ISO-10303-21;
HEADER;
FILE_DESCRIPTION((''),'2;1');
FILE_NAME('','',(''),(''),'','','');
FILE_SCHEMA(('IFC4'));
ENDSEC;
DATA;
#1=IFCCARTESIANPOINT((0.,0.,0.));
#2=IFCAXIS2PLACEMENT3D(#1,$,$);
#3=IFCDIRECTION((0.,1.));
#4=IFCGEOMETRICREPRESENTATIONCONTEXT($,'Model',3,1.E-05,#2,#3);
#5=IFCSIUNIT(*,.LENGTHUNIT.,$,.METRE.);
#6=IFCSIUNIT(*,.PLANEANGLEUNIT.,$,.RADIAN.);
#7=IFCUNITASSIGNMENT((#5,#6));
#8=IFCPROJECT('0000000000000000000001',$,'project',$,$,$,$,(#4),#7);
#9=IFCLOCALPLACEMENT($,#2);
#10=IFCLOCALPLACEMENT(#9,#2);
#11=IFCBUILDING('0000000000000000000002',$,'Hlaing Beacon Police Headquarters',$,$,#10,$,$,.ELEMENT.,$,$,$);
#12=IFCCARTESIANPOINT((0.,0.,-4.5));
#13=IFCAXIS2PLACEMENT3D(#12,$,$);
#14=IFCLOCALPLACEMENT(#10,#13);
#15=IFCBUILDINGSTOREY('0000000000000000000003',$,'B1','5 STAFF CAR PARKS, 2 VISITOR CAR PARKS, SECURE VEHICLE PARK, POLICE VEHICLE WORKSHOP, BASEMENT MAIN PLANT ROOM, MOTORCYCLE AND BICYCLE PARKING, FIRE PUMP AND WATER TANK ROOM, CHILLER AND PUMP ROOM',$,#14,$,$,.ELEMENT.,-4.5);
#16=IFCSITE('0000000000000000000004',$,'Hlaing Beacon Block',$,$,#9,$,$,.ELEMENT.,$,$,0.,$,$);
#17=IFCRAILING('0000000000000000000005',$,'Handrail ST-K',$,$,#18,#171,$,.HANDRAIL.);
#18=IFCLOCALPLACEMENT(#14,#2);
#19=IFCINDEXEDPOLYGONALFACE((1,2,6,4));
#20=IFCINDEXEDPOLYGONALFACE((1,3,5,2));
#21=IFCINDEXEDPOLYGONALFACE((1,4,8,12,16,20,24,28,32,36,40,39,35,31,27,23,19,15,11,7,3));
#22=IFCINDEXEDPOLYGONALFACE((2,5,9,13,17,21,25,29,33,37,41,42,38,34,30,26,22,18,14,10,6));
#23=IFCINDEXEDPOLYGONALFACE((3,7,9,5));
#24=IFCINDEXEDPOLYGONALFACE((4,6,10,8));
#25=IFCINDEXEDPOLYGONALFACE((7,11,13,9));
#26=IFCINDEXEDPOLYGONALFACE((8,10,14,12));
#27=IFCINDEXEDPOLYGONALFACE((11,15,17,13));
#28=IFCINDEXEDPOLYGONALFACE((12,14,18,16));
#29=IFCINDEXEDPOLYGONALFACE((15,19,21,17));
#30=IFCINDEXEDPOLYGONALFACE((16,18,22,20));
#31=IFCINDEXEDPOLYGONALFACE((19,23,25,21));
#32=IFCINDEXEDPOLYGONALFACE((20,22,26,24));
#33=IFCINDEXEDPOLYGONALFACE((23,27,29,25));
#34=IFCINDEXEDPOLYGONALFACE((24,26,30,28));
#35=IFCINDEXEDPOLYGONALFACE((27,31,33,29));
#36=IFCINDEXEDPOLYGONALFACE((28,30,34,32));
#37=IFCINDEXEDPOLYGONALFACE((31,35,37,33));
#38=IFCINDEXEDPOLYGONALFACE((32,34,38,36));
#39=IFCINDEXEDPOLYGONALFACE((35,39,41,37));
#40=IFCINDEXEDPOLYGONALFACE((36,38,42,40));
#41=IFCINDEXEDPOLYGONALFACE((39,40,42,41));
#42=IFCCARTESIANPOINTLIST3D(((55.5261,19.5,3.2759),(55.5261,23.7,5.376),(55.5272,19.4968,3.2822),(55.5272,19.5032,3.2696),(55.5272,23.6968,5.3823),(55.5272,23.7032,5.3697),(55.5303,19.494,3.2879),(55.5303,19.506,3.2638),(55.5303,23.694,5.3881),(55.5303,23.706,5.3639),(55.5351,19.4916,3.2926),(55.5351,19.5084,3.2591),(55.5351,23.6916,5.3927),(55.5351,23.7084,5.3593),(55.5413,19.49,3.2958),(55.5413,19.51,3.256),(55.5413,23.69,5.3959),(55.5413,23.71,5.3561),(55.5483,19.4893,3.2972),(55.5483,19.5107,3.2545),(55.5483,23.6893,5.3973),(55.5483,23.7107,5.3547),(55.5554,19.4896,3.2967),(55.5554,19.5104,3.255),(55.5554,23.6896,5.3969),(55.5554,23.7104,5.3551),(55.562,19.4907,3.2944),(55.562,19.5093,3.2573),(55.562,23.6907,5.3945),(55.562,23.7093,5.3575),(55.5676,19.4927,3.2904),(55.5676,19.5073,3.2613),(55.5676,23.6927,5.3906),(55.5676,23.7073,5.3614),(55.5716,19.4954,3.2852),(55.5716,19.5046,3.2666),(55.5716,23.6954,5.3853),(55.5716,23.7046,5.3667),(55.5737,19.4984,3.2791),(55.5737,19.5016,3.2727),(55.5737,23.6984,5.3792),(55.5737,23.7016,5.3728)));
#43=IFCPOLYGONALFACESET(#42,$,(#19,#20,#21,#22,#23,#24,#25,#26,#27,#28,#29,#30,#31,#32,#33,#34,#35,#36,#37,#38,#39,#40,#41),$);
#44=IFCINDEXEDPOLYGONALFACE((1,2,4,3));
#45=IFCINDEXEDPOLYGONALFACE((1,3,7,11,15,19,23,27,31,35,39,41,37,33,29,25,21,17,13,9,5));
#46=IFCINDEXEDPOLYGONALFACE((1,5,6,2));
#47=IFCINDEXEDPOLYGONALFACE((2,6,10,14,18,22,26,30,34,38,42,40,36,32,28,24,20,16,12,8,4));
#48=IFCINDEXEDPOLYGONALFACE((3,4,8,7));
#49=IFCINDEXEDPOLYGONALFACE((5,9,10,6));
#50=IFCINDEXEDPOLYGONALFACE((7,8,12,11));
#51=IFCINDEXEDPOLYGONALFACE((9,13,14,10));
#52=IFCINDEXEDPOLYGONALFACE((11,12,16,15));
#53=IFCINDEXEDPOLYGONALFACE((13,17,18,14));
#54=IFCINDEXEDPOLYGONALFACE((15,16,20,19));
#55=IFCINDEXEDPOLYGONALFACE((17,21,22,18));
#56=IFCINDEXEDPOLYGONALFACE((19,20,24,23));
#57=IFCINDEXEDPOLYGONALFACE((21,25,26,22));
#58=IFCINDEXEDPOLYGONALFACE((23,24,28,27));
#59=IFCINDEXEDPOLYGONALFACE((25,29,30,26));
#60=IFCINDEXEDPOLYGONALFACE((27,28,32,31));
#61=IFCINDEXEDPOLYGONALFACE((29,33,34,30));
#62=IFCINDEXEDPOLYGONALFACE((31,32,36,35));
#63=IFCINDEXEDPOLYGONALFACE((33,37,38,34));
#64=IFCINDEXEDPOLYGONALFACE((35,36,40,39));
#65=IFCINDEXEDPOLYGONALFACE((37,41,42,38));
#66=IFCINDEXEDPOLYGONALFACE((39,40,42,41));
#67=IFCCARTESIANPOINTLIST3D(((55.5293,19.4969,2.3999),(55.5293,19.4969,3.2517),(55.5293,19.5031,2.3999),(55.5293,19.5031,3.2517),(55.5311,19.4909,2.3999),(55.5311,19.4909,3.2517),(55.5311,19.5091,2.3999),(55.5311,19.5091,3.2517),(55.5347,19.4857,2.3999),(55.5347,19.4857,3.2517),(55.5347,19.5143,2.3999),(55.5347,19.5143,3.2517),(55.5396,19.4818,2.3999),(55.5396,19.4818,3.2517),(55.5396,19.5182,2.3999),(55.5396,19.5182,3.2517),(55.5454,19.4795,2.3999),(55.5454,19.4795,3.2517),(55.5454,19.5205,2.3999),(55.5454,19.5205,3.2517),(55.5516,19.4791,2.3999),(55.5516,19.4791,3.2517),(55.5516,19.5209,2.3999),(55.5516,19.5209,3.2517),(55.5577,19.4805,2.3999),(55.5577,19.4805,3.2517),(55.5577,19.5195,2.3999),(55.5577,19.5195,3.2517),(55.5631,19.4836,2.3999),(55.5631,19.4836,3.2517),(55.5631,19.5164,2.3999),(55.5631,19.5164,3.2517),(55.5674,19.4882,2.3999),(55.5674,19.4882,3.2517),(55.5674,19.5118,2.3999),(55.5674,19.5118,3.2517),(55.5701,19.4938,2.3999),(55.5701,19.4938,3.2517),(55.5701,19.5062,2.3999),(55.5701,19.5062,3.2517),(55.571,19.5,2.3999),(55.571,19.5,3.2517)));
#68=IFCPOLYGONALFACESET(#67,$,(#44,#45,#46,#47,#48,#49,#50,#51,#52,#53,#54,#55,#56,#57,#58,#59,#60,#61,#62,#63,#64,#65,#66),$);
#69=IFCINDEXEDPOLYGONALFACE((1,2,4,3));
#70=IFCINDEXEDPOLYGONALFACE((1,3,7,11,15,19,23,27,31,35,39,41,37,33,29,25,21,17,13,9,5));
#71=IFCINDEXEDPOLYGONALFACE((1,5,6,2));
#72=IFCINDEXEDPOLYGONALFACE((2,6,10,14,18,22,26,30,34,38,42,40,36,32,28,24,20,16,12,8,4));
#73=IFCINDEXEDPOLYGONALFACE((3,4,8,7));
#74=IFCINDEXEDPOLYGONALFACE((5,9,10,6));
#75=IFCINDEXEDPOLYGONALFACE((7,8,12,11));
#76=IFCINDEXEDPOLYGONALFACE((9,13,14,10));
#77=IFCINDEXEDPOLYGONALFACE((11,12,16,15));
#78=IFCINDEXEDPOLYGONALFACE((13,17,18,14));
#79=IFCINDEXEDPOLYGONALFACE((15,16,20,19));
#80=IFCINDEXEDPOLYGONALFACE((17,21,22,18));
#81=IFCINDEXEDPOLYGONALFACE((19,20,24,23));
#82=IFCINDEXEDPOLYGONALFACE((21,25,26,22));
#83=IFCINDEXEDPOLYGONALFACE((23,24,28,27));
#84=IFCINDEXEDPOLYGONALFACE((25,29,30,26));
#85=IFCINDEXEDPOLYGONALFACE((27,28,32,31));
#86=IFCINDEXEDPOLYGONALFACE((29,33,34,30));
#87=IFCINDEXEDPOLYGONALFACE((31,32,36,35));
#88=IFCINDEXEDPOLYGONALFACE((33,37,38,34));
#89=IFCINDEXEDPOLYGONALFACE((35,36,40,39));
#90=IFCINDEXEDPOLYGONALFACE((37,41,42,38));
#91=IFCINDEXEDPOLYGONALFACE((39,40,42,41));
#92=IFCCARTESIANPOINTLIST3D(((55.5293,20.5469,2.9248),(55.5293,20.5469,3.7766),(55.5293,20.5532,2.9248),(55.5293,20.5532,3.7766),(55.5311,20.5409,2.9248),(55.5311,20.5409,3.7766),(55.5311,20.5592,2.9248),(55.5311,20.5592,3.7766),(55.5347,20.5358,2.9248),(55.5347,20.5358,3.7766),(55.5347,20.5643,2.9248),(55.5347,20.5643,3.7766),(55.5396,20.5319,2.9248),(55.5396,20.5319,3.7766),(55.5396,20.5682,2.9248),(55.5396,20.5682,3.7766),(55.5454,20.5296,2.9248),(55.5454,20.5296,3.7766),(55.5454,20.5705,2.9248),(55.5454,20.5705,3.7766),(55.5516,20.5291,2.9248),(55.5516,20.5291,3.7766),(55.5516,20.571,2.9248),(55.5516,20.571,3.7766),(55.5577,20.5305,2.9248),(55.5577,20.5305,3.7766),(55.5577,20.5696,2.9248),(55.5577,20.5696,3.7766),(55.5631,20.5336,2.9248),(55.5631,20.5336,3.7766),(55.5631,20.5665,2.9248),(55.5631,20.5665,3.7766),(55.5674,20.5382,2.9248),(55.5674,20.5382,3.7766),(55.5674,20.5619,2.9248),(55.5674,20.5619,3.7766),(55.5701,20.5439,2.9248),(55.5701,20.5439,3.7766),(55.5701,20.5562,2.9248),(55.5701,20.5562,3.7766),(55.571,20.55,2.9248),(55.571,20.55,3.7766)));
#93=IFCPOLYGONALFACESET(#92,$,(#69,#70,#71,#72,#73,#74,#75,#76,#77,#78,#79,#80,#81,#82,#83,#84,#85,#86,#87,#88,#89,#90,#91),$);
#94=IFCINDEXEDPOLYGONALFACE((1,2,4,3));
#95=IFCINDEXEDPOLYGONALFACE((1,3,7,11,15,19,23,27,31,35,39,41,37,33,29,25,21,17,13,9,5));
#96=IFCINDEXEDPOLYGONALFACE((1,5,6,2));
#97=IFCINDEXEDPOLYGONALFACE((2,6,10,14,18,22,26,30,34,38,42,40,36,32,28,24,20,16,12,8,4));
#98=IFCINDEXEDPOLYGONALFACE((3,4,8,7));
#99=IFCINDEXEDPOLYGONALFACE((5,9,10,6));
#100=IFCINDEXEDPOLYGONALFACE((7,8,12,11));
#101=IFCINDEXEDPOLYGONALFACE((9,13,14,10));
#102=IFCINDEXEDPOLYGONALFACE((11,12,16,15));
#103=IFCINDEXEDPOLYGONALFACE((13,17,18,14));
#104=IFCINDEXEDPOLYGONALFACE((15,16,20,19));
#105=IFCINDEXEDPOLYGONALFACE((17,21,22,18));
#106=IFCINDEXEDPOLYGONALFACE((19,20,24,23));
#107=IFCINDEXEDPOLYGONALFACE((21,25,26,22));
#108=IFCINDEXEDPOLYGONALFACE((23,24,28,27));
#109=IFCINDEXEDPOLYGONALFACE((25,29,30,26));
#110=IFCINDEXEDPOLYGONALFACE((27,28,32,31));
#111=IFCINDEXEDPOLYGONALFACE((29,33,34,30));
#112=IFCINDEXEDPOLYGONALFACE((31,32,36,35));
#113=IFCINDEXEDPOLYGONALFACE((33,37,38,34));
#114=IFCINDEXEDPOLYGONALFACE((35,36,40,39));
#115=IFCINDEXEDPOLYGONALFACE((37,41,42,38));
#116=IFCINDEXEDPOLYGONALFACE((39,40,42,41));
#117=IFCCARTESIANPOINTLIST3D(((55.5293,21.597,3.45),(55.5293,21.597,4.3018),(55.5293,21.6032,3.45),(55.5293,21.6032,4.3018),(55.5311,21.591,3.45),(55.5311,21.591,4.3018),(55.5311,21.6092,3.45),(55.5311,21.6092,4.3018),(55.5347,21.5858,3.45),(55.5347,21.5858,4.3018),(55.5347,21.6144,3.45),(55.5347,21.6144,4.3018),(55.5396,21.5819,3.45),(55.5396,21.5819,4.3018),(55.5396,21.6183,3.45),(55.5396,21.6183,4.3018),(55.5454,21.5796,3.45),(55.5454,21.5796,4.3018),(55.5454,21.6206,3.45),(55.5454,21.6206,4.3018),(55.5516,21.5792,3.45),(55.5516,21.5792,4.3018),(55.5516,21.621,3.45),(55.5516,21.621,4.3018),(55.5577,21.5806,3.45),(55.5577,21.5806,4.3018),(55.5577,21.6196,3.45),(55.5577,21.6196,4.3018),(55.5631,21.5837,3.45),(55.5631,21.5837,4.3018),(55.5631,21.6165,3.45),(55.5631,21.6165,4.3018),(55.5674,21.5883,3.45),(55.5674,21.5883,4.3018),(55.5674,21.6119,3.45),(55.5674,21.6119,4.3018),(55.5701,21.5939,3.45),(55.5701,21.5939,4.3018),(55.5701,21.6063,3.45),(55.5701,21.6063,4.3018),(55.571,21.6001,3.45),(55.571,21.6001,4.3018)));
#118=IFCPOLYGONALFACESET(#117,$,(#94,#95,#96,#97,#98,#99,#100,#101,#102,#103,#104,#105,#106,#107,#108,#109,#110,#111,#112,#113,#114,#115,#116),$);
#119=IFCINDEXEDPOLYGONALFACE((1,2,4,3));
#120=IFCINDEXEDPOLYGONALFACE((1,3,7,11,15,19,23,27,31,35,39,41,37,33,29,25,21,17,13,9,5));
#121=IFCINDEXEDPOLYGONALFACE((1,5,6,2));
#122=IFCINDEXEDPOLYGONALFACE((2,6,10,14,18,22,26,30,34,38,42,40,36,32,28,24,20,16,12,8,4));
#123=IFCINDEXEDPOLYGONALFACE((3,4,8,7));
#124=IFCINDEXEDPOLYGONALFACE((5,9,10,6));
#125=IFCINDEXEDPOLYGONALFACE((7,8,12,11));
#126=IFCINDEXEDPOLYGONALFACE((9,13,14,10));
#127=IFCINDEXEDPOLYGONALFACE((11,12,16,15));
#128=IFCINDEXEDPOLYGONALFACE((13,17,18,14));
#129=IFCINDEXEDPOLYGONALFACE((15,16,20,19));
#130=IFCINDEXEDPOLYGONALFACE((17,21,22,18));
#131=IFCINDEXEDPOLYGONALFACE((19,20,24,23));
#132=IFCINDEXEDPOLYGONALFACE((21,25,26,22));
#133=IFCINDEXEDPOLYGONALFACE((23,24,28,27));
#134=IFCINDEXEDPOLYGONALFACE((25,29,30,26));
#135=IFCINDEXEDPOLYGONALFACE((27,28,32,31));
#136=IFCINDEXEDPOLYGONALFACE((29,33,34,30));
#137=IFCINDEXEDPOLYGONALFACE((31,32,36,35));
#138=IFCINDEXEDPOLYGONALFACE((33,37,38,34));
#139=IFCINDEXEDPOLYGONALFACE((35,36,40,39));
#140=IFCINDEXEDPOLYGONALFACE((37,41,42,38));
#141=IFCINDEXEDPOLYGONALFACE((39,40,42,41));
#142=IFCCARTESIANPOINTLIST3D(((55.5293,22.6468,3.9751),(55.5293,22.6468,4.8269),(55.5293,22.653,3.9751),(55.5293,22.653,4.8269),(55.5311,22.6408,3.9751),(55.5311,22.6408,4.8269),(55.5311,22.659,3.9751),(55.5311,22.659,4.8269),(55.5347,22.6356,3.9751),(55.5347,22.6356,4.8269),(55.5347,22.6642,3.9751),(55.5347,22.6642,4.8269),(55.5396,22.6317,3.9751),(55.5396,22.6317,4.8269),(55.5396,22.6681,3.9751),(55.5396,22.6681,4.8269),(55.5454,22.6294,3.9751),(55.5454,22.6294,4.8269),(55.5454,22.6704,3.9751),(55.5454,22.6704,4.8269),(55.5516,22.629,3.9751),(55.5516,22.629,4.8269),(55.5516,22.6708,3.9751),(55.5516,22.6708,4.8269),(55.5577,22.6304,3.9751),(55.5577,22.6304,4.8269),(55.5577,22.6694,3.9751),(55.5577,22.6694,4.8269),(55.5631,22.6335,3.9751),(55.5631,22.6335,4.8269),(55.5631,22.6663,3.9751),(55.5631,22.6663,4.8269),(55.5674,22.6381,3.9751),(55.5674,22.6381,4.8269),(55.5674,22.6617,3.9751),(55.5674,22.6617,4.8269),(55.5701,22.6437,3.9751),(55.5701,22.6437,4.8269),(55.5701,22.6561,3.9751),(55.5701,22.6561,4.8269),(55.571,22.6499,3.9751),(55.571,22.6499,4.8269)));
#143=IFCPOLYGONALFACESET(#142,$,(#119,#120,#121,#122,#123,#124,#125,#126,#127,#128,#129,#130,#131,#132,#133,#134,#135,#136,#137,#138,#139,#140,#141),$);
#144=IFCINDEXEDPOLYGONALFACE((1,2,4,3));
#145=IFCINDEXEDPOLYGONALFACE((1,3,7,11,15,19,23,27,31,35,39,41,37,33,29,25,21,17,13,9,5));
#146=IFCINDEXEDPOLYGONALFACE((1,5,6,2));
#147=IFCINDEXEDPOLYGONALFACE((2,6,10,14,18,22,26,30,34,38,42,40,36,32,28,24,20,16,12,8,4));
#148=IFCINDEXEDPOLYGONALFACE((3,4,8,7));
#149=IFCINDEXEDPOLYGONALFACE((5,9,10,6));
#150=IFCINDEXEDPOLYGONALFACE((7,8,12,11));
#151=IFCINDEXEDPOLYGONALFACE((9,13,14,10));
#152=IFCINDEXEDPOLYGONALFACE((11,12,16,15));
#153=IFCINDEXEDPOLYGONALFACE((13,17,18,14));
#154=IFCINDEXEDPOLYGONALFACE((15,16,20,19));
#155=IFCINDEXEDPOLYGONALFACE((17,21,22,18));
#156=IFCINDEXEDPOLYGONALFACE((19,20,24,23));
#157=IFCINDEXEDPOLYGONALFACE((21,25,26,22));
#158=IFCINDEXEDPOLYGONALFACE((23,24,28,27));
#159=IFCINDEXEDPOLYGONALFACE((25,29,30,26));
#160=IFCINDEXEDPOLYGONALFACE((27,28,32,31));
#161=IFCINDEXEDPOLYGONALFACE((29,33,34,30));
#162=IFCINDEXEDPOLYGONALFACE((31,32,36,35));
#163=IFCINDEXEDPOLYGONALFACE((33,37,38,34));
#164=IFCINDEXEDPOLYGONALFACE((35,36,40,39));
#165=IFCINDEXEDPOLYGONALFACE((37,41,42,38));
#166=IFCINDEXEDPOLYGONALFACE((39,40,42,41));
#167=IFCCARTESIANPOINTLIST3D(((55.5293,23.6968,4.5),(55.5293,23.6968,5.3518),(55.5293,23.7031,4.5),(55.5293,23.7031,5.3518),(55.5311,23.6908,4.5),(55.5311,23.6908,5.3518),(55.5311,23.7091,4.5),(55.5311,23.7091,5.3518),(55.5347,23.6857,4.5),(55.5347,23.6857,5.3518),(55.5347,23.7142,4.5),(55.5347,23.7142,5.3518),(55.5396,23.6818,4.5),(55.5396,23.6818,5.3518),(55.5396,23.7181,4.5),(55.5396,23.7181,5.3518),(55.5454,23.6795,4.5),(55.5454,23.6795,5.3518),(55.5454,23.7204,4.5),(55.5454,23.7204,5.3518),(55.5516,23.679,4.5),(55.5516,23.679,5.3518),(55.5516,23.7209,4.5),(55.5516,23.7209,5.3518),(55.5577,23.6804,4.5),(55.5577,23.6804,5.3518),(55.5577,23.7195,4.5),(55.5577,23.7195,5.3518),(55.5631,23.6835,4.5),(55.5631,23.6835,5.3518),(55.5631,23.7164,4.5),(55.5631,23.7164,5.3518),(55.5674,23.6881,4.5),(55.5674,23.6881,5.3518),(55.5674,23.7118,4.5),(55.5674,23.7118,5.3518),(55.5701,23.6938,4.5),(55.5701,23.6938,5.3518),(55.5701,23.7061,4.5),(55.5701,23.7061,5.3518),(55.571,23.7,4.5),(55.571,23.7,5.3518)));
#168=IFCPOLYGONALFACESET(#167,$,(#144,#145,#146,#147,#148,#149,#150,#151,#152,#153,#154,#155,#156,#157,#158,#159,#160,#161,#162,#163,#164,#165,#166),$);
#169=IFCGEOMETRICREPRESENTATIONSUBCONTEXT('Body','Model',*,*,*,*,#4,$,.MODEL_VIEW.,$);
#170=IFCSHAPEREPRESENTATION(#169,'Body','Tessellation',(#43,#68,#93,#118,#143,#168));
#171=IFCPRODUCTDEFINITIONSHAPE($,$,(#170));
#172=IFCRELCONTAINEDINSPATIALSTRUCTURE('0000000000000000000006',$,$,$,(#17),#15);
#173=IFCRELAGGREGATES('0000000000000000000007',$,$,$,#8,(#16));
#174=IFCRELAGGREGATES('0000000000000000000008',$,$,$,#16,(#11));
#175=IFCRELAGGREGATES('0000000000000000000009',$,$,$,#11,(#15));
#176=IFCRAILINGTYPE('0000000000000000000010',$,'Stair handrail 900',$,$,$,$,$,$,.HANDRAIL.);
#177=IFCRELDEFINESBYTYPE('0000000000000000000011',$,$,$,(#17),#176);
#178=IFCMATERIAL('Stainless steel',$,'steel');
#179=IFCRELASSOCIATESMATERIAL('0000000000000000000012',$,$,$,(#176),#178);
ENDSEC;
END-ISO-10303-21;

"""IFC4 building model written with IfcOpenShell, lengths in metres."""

from ifc_helpers import new_model, si_unit, direction, frame, origin, origin_2d, place, context, subcontext, project, spatial, circle, extrude, material, type_object, element, save


model = new_model("IFC4")

# Units and contexts
model_context = context("Model", 3, precision=1e-05, world=origin(), true_north=direction((0.0, 1.0)))
body_context = subcontext(model_context, "Body", "Model", "MODEL_VIEW")
ifc_project = project(units=[si_unit("LENGTHUNIT", "METRE"), si_unit("PLANEANGLEUNIT", "RADIAN")], contexts=[model_context])

# Site, building, storey
site_placement = place(None, origin())
site = spatial("IfcSite", under=ifc_project, at=site_placement, Name="Hlaing Beacon Block", CompositionType="ELEMENT", RefElevation=0.0)
building_placement = place(site_placement, origin())
building = spatial("IfcBuilding", under=site, at=building_placement, Name="Hlaing Beacon Police Headquarters", CompositionType="ELEMENT")
storey_placement = place(building_placement, frame((0.0, 0.0, -4.5)))
storey = spatial("IfcBuildingStorey", under=building, at=storey_placement, Name="B1", Description="5 STAFF CAR PARKS, 2 VISITOR CAR PARKS, SECURE VEHICLE PARK, POLICE VEHICLE WORKSHOP, BASEMENT MAIN PLANT ROOM, MOTORCYCLE AND BICYCLE PARKING, FIRE PUMP AND WATER TANK ROOM, CHILLER AND PUMP ROOM", CompositionType="ELEMENT", Elevation=-4.5)

# Railing
ifc_material_1 = material(Name="Stainless steel", Category="steel")
railing_type = type_object("IfcRailingType", Name="Stair handrail 900", PredefinedType="HANDRAIL", material=ifc_material_1)
for number, where, name in (
    (1, (55.55, 19.5, 2.3999), "Handrail ST-K"),
):
    element("IfcRailing", number, at=place(storey_placement, frame(where)), inside=storey, type_object=railing_type, Name=name, PredefinedType="HANDRAIL", context=body_context, shape_type="SweptSolid", body=[
        extrude(circle(Radius=0.0239, at=origin_2d()), frame((0.0, 0.0, 0.876), z_axis=(0.0, 0.894417, 0.447234), x_axis=(-1.0, 0.0, 0.0)), (0.0, 0.0, 1.0), 4.6958),
        extrude(circle(Radius=0.021, at=origin_2d()), origin(), (0.0, 0.0, 1.0), 0.8518),
        extrude(circle(Radius=0.021, at=origin_2d()), frame((0.0, 1.05, 0.5249)), (0.0, 0.0, 1.0), 0.8518),
        extrude(circle(Radius=0.021, at=origin_2d()), frame((0.0, 2.1001, 1.05)), (0.0, 0.0, 1.0), 0.8518),
        extrude(circle(Radius=0.021, at=origin_2d()), frame((0.0, 3.1499, 1.5752)), (0.0, 0.0, 1.0), 0.8518),
        extrude(circle(Radius=0.021, at=origin_2d()), frame((0.0, 4.2, 2.1001)), (0.0, 0.0, 1.0), 0.8518),
    ])

save(model, "model.ifc")
